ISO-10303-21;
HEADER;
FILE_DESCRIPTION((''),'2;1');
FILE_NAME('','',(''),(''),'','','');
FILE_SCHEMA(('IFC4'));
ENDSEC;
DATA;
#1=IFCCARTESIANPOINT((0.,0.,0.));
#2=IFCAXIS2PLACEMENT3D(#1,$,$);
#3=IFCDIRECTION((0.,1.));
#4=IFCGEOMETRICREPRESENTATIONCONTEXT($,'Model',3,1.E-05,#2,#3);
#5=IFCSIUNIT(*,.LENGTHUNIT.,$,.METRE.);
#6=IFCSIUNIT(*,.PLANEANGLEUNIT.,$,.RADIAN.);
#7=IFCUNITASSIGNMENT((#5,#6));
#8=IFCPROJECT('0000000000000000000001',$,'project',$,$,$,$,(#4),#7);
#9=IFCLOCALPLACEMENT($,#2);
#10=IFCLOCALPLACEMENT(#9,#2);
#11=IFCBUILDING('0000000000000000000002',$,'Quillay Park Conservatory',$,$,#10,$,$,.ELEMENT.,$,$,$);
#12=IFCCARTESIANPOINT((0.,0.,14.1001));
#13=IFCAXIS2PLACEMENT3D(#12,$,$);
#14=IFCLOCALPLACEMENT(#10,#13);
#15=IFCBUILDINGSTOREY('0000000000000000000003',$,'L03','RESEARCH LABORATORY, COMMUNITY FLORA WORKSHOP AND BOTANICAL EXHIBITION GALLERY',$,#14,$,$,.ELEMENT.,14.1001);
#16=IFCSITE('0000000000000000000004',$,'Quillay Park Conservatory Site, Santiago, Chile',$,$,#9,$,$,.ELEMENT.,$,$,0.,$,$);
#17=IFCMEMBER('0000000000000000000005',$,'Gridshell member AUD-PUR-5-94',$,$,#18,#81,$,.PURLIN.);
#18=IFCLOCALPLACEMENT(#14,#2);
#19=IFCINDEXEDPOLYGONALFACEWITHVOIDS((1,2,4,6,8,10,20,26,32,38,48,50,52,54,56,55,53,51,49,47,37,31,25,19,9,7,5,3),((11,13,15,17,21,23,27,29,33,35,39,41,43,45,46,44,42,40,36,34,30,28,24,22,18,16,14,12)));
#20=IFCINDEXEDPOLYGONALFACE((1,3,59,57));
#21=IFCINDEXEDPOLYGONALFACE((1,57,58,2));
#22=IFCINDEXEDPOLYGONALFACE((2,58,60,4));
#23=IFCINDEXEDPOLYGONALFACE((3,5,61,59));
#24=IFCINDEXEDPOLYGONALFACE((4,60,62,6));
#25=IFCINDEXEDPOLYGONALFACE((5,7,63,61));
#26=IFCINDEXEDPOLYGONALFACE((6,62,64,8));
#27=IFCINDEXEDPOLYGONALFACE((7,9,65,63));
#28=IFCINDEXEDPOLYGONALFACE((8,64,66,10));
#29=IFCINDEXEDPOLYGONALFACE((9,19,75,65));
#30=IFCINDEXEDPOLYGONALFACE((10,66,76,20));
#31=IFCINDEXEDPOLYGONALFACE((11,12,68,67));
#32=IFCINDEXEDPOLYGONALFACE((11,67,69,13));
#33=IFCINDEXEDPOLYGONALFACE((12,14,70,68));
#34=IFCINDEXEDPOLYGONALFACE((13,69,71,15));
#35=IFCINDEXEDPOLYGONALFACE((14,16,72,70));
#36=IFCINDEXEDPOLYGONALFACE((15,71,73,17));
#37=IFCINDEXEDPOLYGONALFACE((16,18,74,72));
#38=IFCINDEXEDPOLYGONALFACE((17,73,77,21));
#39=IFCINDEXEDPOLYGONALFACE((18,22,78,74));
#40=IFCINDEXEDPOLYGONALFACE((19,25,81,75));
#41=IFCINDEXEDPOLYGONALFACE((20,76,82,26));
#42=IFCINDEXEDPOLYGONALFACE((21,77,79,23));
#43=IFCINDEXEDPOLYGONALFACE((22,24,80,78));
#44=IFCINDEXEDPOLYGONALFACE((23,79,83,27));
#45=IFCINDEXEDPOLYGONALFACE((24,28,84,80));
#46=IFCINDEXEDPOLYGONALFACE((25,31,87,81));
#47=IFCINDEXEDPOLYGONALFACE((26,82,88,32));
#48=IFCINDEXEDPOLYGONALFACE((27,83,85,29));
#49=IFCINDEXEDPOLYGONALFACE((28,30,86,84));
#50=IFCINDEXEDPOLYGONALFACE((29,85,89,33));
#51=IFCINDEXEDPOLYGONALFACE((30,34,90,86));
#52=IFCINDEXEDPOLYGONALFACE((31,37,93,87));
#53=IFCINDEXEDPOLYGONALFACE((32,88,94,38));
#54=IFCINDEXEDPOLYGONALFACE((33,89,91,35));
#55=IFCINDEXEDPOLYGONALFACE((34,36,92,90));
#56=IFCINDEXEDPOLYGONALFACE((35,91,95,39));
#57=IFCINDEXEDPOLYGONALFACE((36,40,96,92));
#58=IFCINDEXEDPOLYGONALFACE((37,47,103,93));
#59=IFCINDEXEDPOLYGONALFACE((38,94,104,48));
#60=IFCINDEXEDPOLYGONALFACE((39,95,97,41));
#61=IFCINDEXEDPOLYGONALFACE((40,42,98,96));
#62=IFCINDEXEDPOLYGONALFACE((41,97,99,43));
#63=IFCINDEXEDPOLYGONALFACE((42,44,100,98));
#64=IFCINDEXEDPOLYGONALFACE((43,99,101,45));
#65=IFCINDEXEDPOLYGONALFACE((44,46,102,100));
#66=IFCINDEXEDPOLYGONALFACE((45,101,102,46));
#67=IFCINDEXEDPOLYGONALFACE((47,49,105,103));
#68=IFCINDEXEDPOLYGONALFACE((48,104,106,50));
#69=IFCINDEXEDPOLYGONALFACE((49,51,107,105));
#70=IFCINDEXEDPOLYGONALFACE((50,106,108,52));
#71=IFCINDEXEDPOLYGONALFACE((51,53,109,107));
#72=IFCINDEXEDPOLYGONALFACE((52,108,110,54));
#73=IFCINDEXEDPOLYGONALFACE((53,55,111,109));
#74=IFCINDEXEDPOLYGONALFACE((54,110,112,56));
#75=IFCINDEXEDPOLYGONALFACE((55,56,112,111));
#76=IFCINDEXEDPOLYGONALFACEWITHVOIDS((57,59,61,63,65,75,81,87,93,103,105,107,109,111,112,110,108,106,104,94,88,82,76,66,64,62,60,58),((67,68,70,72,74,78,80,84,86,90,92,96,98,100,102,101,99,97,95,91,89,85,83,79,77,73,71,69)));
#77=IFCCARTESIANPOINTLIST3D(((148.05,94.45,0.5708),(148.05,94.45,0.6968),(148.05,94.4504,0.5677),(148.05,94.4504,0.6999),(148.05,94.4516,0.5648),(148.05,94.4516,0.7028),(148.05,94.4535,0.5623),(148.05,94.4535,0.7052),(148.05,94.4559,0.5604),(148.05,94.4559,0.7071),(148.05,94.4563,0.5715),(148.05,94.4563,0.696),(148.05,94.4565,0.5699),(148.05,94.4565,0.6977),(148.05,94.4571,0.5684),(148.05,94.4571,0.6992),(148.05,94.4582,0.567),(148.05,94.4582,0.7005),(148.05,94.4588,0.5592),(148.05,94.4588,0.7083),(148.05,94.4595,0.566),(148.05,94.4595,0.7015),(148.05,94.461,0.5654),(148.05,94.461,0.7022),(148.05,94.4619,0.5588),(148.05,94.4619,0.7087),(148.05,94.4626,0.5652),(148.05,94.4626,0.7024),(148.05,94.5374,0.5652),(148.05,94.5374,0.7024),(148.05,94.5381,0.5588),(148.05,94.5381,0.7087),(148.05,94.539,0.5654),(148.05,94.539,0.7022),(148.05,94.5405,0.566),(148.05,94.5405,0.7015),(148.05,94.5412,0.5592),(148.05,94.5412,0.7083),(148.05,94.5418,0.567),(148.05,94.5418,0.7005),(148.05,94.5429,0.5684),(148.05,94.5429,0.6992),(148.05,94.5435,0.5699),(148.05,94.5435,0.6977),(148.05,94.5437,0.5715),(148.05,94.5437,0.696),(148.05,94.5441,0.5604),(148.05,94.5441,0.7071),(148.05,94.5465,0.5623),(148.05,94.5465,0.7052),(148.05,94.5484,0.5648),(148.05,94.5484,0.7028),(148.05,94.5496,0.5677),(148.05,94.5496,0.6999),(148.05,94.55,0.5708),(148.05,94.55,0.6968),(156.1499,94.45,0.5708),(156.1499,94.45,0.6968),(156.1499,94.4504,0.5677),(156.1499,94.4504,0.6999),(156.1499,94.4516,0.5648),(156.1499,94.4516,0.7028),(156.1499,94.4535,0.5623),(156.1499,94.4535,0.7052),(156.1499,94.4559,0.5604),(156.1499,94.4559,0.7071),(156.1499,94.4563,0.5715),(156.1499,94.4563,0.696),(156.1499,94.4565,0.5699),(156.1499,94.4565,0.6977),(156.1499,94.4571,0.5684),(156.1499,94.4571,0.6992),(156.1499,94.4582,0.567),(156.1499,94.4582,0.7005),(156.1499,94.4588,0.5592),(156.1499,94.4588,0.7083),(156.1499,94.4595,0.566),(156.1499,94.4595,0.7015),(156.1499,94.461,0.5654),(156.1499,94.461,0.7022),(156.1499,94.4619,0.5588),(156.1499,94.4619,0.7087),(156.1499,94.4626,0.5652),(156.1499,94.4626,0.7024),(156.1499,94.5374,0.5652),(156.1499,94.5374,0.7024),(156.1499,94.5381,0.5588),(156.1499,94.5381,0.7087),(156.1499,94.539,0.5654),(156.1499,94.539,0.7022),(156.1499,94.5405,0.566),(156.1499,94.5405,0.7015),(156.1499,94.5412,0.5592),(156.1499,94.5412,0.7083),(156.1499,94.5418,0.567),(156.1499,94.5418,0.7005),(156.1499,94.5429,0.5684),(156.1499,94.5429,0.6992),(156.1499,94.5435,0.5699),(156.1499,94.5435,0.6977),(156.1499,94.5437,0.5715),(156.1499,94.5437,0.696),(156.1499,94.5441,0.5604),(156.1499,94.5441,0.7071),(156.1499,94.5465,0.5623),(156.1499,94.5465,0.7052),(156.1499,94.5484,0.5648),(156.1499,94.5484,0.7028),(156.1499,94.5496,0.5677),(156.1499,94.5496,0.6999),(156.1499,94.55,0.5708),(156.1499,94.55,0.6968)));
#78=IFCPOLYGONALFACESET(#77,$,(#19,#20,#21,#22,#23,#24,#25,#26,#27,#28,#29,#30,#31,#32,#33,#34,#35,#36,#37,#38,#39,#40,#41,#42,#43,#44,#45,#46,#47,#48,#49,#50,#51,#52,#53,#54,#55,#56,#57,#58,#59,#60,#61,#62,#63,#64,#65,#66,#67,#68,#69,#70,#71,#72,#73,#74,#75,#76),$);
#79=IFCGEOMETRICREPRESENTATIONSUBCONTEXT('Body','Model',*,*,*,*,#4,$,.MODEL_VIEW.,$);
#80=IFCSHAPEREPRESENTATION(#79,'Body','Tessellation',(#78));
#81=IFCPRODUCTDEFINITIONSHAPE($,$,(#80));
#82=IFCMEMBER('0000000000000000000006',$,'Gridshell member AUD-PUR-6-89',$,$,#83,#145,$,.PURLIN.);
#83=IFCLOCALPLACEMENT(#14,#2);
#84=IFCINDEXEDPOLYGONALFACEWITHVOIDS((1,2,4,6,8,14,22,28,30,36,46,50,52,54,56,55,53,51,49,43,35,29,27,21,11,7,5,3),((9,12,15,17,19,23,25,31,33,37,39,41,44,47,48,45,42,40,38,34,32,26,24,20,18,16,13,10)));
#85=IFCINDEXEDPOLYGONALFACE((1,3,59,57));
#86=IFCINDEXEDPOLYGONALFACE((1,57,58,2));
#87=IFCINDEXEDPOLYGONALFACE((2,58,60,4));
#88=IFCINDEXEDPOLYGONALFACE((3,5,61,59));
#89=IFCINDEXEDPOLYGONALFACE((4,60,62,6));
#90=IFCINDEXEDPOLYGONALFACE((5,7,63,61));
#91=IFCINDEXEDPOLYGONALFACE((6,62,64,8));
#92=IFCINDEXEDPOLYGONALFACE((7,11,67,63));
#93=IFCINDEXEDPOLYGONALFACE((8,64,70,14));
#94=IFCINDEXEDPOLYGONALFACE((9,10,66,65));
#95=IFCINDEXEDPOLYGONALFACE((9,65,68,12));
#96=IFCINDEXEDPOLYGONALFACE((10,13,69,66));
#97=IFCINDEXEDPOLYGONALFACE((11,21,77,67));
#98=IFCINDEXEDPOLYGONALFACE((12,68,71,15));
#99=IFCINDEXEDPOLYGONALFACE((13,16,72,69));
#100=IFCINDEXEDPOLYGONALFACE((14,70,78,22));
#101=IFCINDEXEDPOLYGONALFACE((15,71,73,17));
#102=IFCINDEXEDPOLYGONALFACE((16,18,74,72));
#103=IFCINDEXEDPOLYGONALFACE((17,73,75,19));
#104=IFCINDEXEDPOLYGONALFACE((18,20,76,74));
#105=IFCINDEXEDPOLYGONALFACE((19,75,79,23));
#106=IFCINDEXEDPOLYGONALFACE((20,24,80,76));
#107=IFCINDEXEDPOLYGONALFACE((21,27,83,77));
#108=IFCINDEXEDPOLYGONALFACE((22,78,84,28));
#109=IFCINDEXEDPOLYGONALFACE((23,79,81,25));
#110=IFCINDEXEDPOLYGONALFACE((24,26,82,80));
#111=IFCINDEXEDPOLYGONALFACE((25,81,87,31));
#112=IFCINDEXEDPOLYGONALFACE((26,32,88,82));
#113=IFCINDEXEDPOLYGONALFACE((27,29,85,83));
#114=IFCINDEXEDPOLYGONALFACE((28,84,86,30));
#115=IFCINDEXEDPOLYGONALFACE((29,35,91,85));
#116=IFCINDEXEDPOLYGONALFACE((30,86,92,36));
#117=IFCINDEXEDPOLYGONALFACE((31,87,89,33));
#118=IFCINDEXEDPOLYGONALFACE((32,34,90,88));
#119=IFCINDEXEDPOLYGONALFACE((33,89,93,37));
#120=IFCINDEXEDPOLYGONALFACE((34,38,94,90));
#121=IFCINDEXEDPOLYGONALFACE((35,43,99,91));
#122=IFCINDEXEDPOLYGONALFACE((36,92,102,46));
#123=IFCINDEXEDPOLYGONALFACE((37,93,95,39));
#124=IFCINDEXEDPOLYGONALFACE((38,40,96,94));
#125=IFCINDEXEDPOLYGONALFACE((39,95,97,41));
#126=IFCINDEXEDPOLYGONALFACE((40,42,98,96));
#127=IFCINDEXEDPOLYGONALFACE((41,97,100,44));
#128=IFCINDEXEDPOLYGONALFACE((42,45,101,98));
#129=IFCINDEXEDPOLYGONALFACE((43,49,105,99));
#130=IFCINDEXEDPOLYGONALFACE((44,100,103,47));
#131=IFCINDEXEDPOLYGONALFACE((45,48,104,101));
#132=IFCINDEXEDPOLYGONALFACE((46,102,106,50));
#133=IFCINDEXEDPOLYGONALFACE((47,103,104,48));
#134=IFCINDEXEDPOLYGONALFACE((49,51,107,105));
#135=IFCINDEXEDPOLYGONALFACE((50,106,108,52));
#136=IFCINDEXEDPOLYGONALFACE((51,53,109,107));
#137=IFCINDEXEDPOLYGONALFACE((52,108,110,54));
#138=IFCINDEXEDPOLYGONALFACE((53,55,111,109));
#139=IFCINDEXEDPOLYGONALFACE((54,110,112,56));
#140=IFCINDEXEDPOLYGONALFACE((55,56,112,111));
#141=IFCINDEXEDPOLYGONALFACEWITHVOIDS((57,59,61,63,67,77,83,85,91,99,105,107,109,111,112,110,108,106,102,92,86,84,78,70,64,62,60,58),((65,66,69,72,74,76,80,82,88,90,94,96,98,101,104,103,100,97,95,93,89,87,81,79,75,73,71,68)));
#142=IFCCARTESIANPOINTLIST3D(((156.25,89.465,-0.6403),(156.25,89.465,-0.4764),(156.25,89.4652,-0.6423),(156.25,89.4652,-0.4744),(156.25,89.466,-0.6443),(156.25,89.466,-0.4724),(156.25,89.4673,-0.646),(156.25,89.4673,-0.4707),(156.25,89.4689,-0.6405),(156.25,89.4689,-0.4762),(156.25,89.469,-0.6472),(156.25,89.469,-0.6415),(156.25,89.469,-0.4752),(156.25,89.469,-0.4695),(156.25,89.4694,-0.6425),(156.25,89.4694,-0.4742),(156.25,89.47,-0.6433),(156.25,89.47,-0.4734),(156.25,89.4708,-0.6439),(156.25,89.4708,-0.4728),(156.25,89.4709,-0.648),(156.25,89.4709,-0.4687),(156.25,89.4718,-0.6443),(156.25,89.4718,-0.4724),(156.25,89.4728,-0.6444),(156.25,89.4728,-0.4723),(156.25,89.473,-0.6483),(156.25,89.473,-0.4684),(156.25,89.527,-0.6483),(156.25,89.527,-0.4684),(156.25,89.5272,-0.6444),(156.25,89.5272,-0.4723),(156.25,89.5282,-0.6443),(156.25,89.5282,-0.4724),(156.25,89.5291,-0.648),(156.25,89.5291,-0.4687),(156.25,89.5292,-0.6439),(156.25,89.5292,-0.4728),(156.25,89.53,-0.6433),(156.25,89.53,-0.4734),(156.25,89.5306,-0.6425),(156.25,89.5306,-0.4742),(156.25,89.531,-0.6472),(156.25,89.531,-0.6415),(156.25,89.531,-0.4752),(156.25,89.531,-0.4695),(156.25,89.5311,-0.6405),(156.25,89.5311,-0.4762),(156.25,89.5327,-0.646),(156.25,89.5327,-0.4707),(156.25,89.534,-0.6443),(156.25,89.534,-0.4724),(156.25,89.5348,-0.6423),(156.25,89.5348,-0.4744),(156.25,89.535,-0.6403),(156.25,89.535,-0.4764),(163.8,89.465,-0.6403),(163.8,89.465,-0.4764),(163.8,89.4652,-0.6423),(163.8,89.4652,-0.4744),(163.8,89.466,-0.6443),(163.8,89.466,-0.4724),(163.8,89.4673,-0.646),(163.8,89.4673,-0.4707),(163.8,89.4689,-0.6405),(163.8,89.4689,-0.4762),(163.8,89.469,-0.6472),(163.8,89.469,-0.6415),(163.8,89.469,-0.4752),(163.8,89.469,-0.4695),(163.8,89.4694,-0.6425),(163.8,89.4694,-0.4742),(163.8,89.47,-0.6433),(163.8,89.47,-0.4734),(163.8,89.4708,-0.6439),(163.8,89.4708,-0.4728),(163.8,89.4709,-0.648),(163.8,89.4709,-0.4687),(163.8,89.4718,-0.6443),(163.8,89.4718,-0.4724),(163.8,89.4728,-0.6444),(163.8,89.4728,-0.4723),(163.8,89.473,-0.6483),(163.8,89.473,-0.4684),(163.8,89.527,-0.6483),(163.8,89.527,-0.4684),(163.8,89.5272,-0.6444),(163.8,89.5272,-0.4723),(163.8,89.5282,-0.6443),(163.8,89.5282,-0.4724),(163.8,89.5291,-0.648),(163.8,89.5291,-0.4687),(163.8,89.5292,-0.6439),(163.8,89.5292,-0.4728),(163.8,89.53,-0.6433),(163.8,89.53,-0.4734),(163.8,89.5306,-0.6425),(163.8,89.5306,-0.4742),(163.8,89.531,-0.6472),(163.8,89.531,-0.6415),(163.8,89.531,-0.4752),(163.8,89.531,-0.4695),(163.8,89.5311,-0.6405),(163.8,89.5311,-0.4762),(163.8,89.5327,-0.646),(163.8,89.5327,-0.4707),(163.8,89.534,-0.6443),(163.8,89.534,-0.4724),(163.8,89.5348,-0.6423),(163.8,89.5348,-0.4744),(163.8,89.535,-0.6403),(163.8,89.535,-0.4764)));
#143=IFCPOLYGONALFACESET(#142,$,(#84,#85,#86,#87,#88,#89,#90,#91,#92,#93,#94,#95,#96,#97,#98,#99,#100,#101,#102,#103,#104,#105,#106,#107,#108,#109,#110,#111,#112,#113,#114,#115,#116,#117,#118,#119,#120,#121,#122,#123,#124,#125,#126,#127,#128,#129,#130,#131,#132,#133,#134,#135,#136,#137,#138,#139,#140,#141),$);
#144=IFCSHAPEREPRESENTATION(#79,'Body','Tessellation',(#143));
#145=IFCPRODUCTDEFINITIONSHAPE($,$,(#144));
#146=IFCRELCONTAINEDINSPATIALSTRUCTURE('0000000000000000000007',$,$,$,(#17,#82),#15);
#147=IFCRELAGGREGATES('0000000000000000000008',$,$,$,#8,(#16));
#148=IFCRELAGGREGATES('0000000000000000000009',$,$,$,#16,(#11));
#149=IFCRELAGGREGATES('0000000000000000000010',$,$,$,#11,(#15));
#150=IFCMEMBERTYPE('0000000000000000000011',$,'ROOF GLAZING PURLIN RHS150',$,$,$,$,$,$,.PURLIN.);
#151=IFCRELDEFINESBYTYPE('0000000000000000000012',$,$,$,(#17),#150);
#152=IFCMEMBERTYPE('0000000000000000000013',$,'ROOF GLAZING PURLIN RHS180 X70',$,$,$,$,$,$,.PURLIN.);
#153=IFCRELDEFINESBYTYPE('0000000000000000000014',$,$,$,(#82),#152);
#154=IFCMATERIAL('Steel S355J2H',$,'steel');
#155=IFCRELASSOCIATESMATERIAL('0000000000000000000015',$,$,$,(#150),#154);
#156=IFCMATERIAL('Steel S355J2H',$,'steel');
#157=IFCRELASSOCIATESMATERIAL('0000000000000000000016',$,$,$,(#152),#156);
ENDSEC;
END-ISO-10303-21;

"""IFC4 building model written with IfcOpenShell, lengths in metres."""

from ifc_helpers import new_model, si_unit, direction, frame, origin, origin_2d, place, context, subcontext, project, spatial, hollow_rectangle, extrude, material, material_profile, profile_set, type_object, element, save


model = new_model("IFC4")

# Units and contexts
model_context = context("Model", 3, precision=1e-05, world=origin(), true_north=direction((0.0, 1.0)))
body_context = subcontext(model_context, "Body", "Model", "MODEL_VIEW")
ifc_project = project(units=[si_unit("LENGTHUNIT", "METRE"), si_unit("PLANEANGLEUNIT", "RADIAN")], contexts=[model_context])

# Site, building, storey
site_placement = place(None, origin())
site = spatial("IfcSite", under=ifc_project, at=site_placement, Name="Quillay Park Conservatory Site, Santiago, Chile", CompositionType="ELEMENT", RefElevation=0.0)
building_placement = place(site_placement, origin())
building = spatial("IfcBuilding", under=site, at=building_placement, Name="Quillay Park Conservatory", CompositionType="ELEMENT")
storey_placement = place(building_placement, frame((0.0, 0.0, 14.1001)))
storey = spatial("IfcBuildingStorey", under=building, at=storey_placement, Name="L03", Description="RESEARCH LABORATORY, COMMUNITY FLORA WORKSHOP AND BOTANICAL EXHIBITION GALLERY", CompositionType="ELEMENT", Elevation=14.1001)

# Members
ifc_material_1 = material(Name="Steel S355J2H", Category="steel")
ifc_material_profile_1 = material_profile(ifc_material_1, hollow_rectangle(XDim=0.1001, YDim=0.1499, WallThickness=0.0063, InnerFilletRadius=0.0063, OuterFilletRadius=0.012, at=origin_2d()), Name="RHS150x100x6.3")
ifc_profile_set_1 = profile_set([ifc_material_profile_1], Name="Steel S355J2H")
member_type_1 = type_object("IfcMemberType", Name="ROOF GLAZING PURLIN RHS150", PredefinedType="PURLIN", material=ifc_profile_set_1)
for number, where, z_axis, x_axis, name in (
    (1, (148.05, 94.5, 0.6338), (1.0, 0.0, 0.0), (0.0, 1.0, 0.0), "Gridshell member AUD-PUR-5-94"),
):
    element("IfcMember", number, at=place(storey_placement, frame(where, z_axis=z_axis, x_axis=x_axis)), inside=storey, type_object=member_type_1, Name=name, PredefinedType="PURLIN", context=body_context, shape_type="SweptSolid", body=[
        extrude(hollow_rectangle(XDim=0.1001, YDim=0.1499, WallThickness=0.0063, InnerFilletRadius=0.0063, OuterFilletRadius=0.012, at=origin_2d()), origin(), (0.0, 0.0, 1.0), 8.0999),
    ])
ifc_material_2 = material(Name="Steel S355J2H", Category="steel")
ifc_material_profile_2 = material_profile(ifc_material_2, hollow_rectangle(XDim=0.0701, YDim=0.1799, WallThickness=0.0039, InnerFilletRadius=0.0039, OuterFilletRadius=0.0081, at=origin_2d()), Name="RHS180x70x4")
ifc_profile_set_2 = profile_set([ifc_material_profile_2], Name="Steel S355J2H")
member_type_2 = type_object("IfcMemberType", Name="ROOF GLAZING PURLIN RHS180 X70", PredefinedType="PURLIN", material=ifc_profile_set_2)
for number, where, z_axis, x_axis, name in (
    (2, (156.25, 89.5, -0.5583), (1.0, 0.0, 0.0), (0.0, 1.0, 0.0), "Gridshell member AUD-PUR-6-89"),
):
    element("IfcMember", number, at=place(storey_placement, frame(where, z_axis=z_axis, x_axis=x_axis)), inside=storey, type_object=member_type_2, Name=name, PredefinedType="PURLIN", context=body_context, shape_type="SweptSolid", body=[
        extrude(hollow_rectangle(XDim=0.0701, YDim=0.1799, WallThickness=0.0039, InnerFilletRadius=0.0039, OuterFilletRadius=0.0081, at=origin_2d()), origin(), (0.0, 0.0, 1.0), 7.55),
    ])

save(model, "model.ifc")
